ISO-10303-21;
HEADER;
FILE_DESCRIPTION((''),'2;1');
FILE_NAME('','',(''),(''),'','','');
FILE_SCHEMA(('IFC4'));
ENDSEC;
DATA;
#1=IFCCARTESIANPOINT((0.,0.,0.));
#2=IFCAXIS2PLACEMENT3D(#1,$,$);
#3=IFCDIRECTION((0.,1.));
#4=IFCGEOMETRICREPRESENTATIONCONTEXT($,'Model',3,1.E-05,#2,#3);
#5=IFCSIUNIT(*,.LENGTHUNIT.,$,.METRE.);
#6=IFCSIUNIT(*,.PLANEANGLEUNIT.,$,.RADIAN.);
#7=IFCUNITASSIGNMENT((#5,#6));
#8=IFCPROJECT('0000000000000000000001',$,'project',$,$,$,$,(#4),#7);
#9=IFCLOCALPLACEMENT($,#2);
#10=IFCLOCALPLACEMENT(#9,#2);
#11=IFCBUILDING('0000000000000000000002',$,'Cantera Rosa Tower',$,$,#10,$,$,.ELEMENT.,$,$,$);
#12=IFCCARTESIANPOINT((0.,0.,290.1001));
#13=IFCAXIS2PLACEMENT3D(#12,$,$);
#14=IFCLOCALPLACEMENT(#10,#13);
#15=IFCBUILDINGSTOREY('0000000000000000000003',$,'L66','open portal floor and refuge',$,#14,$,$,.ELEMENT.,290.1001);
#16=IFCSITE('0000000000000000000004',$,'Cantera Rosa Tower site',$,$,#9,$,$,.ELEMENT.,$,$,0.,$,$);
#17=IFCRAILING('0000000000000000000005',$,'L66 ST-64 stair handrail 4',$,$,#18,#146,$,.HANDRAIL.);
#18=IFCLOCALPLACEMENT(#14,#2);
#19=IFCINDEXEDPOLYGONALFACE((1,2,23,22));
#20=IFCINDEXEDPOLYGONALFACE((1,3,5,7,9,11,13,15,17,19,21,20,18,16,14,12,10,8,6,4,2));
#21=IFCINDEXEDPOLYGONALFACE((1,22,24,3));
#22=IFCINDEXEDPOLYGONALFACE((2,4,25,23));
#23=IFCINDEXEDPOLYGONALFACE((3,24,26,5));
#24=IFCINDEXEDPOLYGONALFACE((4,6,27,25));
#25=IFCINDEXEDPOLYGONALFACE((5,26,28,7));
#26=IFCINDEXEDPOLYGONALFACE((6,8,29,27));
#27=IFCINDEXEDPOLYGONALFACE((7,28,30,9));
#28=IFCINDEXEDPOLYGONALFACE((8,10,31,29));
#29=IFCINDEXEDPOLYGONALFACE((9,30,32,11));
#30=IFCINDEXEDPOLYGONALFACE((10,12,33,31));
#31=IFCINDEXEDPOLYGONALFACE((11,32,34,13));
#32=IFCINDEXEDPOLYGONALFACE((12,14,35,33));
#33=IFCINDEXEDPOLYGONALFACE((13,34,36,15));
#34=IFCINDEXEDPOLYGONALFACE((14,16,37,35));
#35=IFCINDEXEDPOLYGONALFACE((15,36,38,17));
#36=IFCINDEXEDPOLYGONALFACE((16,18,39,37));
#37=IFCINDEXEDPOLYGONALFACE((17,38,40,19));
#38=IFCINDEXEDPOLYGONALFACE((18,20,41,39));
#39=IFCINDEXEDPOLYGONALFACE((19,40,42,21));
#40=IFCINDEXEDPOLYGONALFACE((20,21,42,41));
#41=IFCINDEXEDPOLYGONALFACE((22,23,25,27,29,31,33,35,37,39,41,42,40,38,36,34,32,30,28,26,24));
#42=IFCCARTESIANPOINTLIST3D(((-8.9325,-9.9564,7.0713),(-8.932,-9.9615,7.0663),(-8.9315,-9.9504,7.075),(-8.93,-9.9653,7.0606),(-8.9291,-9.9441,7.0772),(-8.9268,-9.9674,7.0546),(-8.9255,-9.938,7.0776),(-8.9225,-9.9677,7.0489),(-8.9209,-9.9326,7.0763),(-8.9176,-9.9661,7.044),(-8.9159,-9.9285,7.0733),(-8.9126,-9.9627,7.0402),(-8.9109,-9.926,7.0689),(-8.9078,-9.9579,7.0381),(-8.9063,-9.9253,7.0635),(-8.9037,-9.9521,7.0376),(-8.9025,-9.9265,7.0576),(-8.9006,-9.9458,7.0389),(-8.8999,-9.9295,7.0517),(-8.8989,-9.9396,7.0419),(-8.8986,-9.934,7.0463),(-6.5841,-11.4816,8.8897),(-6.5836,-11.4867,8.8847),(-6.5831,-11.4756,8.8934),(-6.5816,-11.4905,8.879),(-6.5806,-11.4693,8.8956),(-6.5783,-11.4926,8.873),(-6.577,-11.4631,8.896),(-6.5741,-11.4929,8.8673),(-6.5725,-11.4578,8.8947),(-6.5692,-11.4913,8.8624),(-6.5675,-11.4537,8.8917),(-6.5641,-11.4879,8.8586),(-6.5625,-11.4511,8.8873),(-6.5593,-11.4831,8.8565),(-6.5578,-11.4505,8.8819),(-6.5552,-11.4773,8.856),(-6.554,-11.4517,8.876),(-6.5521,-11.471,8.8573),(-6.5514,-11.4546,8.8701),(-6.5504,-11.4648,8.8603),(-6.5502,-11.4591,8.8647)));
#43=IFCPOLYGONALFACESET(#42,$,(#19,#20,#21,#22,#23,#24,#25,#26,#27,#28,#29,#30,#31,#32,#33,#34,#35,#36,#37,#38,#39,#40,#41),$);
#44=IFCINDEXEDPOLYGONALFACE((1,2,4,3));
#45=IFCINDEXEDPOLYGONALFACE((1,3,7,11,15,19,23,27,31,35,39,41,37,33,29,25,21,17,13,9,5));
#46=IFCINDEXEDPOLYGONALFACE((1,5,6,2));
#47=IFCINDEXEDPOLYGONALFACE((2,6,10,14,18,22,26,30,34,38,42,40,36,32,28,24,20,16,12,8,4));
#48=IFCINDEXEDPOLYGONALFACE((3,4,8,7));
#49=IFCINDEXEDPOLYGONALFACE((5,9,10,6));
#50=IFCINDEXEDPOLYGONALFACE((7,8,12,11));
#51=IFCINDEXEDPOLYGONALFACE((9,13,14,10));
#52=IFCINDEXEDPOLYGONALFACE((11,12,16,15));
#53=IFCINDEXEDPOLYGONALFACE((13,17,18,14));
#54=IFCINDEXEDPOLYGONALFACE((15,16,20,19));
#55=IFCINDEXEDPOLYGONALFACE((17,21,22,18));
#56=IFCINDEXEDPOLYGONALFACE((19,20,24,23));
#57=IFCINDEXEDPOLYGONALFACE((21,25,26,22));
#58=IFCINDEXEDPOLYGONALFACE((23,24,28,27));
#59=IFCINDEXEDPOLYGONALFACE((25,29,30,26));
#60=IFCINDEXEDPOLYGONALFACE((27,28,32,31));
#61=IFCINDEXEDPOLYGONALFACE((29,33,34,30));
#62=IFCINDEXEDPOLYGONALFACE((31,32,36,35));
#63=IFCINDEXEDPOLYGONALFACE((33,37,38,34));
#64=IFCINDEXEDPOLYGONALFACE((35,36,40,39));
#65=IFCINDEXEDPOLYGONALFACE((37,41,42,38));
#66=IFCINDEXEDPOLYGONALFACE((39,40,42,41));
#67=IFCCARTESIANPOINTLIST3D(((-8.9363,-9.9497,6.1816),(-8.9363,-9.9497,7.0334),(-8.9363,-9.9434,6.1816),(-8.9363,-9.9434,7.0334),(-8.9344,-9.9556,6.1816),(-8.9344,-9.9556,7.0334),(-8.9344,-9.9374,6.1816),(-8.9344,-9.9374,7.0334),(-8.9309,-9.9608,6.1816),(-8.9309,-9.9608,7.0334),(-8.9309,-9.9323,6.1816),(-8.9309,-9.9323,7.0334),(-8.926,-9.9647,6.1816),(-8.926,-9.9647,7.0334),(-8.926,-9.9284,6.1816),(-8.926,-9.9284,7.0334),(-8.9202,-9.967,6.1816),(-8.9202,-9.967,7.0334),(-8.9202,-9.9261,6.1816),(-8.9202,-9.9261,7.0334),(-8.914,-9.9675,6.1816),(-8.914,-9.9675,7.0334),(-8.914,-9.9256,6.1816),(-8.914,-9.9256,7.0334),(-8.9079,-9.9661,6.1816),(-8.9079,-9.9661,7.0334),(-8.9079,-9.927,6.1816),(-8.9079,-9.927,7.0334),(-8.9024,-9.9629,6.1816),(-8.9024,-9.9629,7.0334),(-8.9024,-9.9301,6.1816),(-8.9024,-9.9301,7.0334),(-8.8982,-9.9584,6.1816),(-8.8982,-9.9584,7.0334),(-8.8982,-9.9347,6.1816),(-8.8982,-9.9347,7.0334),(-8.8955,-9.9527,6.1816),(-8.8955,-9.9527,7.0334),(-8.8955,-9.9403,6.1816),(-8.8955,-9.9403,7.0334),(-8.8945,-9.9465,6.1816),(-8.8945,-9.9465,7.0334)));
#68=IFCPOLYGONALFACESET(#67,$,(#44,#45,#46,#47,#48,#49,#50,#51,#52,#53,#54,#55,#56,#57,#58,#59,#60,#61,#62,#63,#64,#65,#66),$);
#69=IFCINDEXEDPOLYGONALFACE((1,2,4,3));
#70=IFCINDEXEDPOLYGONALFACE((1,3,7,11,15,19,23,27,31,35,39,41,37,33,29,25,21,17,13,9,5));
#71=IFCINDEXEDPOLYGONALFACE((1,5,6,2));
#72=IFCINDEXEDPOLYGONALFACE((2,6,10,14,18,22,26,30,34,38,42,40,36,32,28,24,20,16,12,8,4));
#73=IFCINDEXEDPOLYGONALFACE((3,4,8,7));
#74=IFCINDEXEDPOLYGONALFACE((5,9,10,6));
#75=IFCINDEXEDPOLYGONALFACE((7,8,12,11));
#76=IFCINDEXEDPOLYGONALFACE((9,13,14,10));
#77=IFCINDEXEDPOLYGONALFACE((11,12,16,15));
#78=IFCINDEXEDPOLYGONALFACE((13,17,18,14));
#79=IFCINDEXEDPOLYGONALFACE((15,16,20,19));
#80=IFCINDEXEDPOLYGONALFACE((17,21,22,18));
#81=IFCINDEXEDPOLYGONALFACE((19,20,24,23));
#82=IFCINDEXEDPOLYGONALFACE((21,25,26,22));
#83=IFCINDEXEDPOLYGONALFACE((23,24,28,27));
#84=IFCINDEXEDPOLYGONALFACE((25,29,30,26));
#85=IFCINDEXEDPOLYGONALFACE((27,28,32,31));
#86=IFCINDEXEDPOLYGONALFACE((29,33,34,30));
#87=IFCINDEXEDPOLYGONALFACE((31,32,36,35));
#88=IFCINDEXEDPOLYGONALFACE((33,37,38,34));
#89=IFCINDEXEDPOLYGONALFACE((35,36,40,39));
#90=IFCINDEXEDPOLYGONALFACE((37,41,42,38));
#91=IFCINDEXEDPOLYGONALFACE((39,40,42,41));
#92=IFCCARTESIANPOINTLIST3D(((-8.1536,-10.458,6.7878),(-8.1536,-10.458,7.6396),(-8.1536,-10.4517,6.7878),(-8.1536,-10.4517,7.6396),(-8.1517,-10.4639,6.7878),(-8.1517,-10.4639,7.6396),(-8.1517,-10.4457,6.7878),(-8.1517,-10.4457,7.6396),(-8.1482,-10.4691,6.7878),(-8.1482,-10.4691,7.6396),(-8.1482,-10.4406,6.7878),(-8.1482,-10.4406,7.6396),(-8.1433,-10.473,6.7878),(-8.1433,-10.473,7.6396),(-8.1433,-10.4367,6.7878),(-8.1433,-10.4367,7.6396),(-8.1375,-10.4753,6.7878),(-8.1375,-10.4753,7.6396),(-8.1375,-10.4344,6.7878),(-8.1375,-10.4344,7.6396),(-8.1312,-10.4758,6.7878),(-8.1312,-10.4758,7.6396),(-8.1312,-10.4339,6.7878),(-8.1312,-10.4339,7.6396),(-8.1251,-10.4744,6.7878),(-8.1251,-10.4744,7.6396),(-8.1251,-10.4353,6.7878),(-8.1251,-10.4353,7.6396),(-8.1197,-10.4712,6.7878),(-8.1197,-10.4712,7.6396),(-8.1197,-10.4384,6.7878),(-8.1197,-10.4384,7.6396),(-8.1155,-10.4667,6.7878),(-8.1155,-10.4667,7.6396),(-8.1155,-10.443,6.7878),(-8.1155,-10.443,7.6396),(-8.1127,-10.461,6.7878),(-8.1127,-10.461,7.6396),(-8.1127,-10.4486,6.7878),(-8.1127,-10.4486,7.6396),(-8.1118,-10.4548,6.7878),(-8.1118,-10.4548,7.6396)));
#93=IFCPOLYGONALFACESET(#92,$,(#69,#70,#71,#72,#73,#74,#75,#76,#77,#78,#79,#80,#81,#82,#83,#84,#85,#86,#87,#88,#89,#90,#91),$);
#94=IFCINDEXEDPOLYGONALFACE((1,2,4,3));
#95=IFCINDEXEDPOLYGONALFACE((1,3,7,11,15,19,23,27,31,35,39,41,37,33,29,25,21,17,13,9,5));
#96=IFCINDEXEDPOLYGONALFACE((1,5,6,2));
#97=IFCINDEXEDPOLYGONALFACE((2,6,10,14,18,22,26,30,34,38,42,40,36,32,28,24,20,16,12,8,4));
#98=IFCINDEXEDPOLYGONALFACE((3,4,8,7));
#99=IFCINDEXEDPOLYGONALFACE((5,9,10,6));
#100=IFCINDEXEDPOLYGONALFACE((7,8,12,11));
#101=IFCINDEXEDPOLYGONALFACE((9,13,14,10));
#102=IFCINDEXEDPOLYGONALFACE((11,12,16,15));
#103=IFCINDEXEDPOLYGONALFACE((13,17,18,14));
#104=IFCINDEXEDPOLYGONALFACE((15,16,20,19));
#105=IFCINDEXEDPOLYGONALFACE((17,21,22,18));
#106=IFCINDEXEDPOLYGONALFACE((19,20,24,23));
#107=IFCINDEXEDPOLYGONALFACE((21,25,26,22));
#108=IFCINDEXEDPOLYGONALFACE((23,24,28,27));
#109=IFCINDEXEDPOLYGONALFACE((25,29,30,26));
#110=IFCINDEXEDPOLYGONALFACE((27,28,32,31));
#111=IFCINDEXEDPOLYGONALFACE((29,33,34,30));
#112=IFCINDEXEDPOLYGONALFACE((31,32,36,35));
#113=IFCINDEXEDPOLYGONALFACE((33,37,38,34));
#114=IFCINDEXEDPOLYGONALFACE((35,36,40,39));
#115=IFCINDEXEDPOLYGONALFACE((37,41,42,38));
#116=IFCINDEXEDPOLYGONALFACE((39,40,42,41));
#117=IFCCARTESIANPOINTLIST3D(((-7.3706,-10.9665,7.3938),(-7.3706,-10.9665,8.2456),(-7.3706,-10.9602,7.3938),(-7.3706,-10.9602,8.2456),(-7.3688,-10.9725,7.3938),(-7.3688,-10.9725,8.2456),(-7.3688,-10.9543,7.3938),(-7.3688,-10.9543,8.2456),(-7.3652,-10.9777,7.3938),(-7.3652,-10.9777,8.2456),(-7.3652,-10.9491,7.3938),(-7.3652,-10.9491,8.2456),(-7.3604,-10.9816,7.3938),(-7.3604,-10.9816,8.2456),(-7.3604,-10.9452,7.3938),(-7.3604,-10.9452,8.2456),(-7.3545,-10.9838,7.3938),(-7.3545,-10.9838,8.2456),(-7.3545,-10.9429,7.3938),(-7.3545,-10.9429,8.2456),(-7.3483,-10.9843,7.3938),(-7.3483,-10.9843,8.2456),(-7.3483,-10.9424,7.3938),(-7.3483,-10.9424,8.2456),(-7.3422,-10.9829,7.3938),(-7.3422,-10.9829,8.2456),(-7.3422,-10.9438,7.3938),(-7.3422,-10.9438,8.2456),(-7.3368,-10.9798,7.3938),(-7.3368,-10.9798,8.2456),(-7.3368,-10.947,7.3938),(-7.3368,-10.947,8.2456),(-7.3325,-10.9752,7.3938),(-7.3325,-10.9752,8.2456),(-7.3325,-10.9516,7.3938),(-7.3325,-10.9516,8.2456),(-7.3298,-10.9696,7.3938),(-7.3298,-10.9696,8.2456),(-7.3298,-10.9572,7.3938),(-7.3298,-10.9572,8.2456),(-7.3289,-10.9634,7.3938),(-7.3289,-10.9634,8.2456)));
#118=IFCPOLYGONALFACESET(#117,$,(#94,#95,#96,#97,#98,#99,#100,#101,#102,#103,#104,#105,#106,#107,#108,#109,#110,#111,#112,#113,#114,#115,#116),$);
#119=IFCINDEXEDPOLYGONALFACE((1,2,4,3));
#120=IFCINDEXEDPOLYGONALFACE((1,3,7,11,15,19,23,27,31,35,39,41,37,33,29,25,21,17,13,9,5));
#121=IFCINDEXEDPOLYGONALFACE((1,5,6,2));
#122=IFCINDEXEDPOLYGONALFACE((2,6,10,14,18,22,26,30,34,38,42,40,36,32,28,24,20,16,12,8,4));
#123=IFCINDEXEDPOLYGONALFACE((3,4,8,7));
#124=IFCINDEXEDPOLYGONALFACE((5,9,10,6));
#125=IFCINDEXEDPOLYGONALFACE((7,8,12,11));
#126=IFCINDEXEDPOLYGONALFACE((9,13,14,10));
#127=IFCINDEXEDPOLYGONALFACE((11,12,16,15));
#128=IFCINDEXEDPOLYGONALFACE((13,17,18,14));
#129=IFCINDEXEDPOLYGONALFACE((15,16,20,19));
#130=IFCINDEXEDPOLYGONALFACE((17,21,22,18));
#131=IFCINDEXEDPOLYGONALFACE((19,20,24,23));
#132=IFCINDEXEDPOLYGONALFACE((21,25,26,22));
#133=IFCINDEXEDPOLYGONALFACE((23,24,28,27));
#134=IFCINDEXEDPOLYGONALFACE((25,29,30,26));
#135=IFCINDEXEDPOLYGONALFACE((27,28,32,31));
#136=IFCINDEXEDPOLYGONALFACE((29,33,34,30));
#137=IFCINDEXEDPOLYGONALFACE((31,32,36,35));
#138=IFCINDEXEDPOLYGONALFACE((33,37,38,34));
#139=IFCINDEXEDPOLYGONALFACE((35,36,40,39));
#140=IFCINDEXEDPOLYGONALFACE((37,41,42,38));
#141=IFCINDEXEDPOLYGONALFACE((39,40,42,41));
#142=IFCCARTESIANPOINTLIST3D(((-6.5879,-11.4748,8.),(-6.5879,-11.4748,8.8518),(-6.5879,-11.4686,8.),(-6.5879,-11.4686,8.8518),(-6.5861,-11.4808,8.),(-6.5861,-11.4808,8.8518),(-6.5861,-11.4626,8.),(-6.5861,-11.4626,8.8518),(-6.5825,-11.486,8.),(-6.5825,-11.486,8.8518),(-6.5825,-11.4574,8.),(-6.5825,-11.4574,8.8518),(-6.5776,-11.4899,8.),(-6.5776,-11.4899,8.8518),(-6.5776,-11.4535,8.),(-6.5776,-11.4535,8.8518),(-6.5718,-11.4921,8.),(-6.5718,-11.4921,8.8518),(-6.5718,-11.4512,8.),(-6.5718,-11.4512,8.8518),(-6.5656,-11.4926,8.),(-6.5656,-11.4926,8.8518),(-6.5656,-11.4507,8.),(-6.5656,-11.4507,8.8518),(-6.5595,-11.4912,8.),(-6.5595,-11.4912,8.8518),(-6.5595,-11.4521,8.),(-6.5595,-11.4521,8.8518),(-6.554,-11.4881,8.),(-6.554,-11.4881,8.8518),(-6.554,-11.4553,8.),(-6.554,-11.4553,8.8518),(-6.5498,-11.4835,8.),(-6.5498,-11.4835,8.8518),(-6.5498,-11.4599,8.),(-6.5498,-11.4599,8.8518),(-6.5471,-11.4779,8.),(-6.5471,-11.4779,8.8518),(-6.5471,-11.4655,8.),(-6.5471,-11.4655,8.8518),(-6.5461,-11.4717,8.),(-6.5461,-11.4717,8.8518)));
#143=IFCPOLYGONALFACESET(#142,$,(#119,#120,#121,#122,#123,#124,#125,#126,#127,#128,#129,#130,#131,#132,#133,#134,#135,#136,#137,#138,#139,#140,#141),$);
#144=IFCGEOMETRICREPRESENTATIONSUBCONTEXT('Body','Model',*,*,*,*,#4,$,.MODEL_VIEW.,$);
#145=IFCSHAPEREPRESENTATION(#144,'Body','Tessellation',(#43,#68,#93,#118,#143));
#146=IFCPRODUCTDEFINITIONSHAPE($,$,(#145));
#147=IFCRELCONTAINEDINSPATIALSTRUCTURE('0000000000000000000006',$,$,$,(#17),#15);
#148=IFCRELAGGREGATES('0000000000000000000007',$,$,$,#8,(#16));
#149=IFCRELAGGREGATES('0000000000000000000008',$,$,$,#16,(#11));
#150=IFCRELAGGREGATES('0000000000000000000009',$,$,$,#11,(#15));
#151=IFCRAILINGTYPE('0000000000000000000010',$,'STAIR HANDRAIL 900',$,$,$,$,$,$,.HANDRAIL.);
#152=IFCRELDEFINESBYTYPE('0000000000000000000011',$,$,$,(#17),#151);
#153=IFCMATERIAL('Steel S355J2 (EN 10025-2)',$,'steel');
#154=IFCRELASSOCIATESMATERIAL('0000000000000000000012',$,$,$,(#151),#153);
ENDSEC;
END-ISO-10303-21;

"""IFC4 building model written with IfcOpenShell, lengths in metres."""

from ifc_helpers import new_model, si_unit, direction, frame, origin, origin_2d, place, context, subcontext, project, spatial, circle, extrude, material, type_object, element, save


model = new_model("IFC4")

# Units and contexts
model_context = context("Model", 3, precision=1e-05, world=origin(), true_north=direction((0.0, 1.0)))
body_context = subcontext(model_context, "Body", "Model", "MODEL_VIEW")
ifc_project = project(units=[si_unit("LENGTHUNIT", "METRE"), si_unit("PLANEANGLEUNIT", "RADIAN")], contexts=[model_context])

# Site, building, storey
site_placement = place(None, origin())
site = spatial("IfcSite", under=ifc_project, at=site_placement, Name="Cantera Rosa Tower site", CompositionType="ELEMENT", RefElevation=0.0)
building_placement = place(site_placement, origin())
building = spatial("IfcBuilding", under=site, at=building_placement, Name="Cantera Rosa Tower", CompositionType="ELEMENT")
storey_placement = place(building_placement, frame((0.0, 0.0, 290.1001)))
storey = spatial("IfcBuildingStorey", under=building, at=storey_placement, Name="L66", Description="open portal floor and refuge", CompositionType="ELEMENT", Elevation=290.1001)

# Railing
ifc_material_1 = material(Name="Steel S355J2 (EN 10025-2)", Category="steel")
railing_type_1 = type_object("IfcRailingType", Name="STAIR HANDRAIL 900", PredefinedType="HANDRAIL", material=ifc_material_1)
for number, where, name in (
    (1, (-8.9155, -9.9465, 6.1816), "L66 ST-64 stair handrail 4"),
):
    element("IfcRailing", number, at=place(storey_placement, frame(where)), inside=storey, type_object=railing_type_1, Name=name, PredefinedType="HANDRAIL", context=body_context, shape_type="SweptSolid", body=[
        extrude(circle(Radius=0.0239, at=origin_2d()), frame((0.0, 0.0, 0.876), z_axis=(0.703368, -0.456798, 0.544618), x_axis=(0.54466, 0.838657, 0.0)), (0.0, 0.0, 1.0), 3.3389),
        extrude(circle(Radius=0.021, at=origin_2d()), origin(), (0.0, 0.0, 1.0), 0.8518),
        extrude(circle(Radius=0.021, at=origin_2d()), frame((0.7827, -0.5083, 0.6062)), (0.0, 0.0, 1.0), 0.8518),
        extrude(circle(Radius=0.021, at=origin_2d()), frame((1.5657, -1.0168, 1.2122)), (0.0, 0.0, 1.0), 0.8518),
        extrude(circle(Radius=0.021, at=origin_2d()), frame((2.3484, -1.5251, 1.8184)), (0.0, 0.0, 1.0), 0.8518),
    ])

save(model, "model.ifc")
